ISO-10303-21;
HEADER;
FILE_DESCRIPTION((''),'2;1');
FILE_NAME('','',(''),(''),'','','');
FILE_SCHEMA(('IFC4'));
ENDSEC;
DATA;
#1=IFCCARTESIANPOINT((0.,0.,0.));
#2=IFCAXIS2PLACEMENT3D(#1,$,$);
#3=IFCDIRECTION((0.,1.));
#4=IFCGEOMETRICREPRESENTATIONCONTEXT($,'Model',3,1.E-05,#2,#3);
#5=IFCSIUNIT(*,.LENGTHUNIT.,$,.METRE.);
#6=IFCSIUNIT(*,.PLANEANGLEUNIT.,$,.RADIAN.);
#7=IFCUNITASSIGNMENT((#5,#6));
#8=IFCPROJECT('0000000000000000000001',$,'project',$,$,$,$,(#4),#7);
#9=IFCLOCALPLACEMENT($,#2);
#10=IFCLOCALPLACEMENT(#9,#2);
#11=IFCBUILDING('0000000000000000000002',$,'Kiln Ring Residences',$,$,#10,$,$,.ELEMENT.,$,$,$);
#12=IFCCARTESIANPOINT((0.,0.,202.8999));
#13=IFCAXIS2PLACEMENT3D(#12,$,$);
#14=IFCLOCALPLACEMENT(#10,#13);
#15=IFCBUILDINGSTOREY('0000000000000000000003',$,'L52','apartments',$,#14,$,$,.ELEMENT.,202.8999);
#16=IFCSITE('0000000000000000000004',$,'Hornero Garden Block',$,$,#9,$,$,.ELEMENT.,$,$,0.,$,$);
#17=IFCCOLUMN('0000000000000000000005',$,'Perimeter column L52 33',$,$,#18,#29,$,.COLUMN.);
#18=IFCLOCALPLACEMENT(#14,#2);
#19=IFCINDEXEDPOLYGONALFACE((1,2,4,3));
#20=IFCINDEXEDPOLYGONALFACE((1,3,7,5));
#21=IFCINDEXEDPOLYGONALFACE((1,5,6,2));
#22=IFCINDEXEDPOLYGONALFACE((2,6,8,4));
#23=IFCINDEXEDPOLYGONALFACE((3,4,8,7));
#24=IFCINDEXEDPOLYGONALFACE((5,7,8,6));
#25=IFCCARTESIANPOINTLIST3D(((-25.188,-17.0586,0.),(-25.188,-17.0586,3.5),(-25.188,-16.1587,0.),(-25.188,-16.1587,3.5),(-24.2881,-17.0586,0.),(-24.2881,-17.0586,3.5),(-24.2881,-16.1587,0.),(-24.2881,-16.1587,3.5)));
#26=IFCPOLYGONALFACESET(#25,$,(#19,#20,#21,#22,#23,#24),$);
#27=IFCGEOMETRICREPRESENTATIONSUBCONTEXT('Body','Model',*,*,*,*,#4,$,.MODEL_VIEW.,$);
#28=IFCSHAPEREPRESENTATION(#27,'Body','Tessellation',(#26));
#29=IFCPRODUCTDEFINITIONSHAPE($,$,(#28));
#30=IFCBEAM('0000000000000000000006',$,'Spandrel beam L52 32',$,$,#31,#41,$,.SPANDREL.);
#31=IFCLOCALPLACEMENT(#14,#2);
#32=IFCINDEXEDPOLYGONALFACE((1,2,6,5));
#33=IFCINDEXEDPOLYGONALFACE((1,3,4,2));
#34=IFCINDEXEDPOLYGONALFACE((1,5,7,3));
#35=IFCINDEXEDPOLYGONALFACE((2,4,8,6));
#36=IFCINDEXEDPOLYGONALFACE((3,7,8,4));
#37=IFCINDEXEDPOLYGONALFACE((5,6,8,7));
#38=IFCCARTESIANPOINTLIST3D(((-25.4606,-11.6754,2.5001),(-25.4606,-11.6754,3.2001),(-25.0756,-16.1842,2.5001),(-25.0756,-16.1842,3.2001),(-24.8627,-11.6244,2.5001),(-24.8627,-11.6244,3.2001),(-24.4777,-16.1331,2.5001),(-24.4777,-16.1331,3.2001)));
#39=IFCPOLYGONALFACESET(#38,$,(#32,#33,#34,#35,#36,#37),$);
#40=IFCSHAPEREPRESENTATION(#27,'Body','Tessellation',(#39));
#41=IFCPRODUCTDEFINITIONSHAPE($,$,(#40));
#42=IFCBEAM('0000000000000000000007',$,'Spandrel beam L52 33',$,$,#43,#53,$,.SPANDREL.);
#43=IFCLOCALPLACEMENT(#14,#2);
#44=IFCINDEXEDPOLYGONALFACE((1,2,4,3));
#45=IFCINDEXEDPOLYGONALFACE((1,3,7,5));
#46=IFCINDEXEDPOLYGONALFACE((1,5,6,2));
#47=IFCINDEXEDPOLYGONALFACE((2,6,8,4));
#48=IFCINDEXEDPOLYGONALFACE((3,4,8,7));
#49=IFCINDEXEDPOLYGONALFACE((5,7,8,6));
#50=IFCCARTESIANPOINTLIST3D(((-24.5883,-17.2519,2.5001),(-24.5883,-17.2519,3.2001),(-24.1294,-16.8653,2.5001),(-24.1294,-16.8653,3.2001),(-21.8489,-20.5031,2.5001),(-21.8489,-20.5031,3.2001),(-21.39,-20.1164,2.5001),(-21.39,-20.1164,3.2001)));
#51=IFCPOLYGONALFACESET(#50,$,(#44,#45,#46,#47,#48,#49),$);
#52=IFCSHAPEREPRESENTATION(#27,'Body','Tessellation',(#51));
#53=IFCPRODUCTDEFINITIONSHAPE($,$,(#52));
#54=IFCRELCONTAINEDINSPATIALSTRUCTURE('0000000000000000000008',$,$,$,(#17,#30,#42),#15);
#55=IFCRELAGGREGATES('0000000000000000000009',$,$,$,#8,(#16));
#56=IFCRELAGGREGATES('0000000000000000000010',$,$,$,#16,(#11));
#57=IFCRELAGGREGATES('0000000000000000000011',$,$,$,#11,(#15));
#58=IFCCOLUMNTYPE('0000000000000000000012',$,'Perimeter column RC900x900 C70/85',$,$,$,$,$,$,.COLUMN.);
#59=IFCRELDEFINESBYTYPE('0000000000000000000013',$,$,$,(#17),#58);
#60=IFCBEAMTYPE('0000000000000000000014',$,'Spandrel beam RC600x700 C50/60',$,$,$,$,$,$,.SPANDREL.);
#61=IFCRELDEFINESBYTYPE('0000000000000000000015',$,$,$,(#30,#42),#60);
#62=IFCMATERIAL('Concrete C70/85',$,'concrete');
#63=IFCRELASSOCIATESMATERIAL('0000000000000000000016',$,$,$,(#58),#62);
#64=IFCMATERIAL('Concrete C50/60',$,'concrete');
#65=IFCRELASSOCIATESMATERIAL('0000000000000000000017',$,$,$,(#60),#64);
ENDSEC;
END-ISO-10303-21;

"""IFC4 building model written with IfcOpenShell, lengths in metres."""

from ifc_helpers import new_model, si_unit, direction, frame, origin, origin_2d, place, context, subcontext, project, spatial, rectangle, extrude, material, material_profile, profile_set, type_object, element, save


model = new_model("IFC4")

# Units and contexts
model_context = context("Model", 3, precision=1e-05, world=origin(), true_north=direction((0.0, 1.0)))
body_context = subcontext(model_context, "Body", "Model", "MODEL_VIEW")
ifc_project = project(units=[si_unit("LENGTHUNIT", "METRE"), si_unit("PLANEANGLEUNIT", "RADIAN")], contexts=[model_context])

# Site, building, storey
site_placement = place(None, origin())
site = spatial("IfcSite", under=ifc_project, at=site_placement, Name="Hornero Garden Block", CompositionType="ELEMENT", RefElevation=0.0)
building_placement = place(site_placement, origin())
building = spatial("IfcBuilding", under=site, at=building_placement, Name="Kiln Ring Residences", CompositionType="ELEMENT")
storey_placement = place(building_placement, frame((0.0, 0.0, 202.8999)))
storey = spatial("IfcBuildingStorey", under=building, at=storey_placement, Name="L52", Description="apartments", CompositionType="ELEMENT", Elevation=202.8999)

# Column
ifc_material_1 = material(Name="Concrete C70/85", Category="concrete")
ifc_material_profile_1 = material_profile(ifc_material_1, rectangle(XDim=0.8999, YDim=0.8999, at=origin_2d()), Name="RC900x900")
ifc_profile_set_1 = profile_set([ifc_material_profile_1], Name="Concrete C70/85")
column_type = type_object("IfcColumnType", Name="Perimeter column RC900x900 C70/85", PredefinedType="COLUMN", material=ifc_profile_set_1)
column_placement = place(storey_placement, frame((-24.738, -16.6086, 0.0), z_axis=(0.0, 0.0, 1.0), x_axis=(1.0, 0.0, 0.0)))
element("IfcColumn", 1, at=column_placement, inside=storey, type_object=column_type, Name="Perimeter column L52 33", PredefinedType="COLUMN", context=body_context, shape_type="SweptSolid", body=[
    extrude(rectangle(XDim=0.8999, YDim=0.8999, at=origin_2d()), origin(), (0.0, 0.0, 1.0), 3.5),
])

# Beams
ifc_material_2 = material(Name="Concrete C50/60", Category="concrete")
ifc_material_profile_2 = material_profile(ifc_material_2, rectangle(XDim=0.6001, YDim=0.7, at=origin_2d()), Name="RC600x700")
ifc_profile_set_2 = profile_set([ifc_material_profile_2], Name="Concrete C50/60")
beam_type = type_object("IfcBeamType", Name="Spandrel beam RC600x700 C50/60", PredefinedType="SPANDREL", material=ifc_profile_set_2)
beam_1_placement = place(storey_placement, frame((-25.1616, -11.6499, 2.8501), z_axis=(0.085081, -0.996374, 0.0), x_axis=(0.996374, 0.085081, 0.0)))
element("IfcBeam", 2, at=beam_1_placement, inside=storey, type_object=beam_type, Name="Spandrel beam L52 32", PredefinedType="SPANDREL", context=body_context, shape_type="SweptSolid", body=[
    extrude(rectangle(XDim=0.6001, YDim=0.7, at=origin_2d()), origin(), (0.0, 0.0, 1.0), 4.5251),
])
beam_2_placement = place(storey_placement, frame((-24.3589, -17.0586, 2.8501), z_axis=(0.64436, -0.764722, 0.0), x_axis=(0.764722, 0.64436, 0.0)))
element("IfcBeam", 3, at=beam_2_placement, inside=storey, type_object=beam_type, Name="Spandrel beam L52 33", PredefinedType="SPANDREL", context=body_context, shape_type="SweptSolid", body=[
    extrude(rectangle(XDim=0.6001, YDim=0.7, at=origin_2d()), origin(), (0.0, 0.0, 1.0), 4.2515),
])

save(model, "model.ifc")
